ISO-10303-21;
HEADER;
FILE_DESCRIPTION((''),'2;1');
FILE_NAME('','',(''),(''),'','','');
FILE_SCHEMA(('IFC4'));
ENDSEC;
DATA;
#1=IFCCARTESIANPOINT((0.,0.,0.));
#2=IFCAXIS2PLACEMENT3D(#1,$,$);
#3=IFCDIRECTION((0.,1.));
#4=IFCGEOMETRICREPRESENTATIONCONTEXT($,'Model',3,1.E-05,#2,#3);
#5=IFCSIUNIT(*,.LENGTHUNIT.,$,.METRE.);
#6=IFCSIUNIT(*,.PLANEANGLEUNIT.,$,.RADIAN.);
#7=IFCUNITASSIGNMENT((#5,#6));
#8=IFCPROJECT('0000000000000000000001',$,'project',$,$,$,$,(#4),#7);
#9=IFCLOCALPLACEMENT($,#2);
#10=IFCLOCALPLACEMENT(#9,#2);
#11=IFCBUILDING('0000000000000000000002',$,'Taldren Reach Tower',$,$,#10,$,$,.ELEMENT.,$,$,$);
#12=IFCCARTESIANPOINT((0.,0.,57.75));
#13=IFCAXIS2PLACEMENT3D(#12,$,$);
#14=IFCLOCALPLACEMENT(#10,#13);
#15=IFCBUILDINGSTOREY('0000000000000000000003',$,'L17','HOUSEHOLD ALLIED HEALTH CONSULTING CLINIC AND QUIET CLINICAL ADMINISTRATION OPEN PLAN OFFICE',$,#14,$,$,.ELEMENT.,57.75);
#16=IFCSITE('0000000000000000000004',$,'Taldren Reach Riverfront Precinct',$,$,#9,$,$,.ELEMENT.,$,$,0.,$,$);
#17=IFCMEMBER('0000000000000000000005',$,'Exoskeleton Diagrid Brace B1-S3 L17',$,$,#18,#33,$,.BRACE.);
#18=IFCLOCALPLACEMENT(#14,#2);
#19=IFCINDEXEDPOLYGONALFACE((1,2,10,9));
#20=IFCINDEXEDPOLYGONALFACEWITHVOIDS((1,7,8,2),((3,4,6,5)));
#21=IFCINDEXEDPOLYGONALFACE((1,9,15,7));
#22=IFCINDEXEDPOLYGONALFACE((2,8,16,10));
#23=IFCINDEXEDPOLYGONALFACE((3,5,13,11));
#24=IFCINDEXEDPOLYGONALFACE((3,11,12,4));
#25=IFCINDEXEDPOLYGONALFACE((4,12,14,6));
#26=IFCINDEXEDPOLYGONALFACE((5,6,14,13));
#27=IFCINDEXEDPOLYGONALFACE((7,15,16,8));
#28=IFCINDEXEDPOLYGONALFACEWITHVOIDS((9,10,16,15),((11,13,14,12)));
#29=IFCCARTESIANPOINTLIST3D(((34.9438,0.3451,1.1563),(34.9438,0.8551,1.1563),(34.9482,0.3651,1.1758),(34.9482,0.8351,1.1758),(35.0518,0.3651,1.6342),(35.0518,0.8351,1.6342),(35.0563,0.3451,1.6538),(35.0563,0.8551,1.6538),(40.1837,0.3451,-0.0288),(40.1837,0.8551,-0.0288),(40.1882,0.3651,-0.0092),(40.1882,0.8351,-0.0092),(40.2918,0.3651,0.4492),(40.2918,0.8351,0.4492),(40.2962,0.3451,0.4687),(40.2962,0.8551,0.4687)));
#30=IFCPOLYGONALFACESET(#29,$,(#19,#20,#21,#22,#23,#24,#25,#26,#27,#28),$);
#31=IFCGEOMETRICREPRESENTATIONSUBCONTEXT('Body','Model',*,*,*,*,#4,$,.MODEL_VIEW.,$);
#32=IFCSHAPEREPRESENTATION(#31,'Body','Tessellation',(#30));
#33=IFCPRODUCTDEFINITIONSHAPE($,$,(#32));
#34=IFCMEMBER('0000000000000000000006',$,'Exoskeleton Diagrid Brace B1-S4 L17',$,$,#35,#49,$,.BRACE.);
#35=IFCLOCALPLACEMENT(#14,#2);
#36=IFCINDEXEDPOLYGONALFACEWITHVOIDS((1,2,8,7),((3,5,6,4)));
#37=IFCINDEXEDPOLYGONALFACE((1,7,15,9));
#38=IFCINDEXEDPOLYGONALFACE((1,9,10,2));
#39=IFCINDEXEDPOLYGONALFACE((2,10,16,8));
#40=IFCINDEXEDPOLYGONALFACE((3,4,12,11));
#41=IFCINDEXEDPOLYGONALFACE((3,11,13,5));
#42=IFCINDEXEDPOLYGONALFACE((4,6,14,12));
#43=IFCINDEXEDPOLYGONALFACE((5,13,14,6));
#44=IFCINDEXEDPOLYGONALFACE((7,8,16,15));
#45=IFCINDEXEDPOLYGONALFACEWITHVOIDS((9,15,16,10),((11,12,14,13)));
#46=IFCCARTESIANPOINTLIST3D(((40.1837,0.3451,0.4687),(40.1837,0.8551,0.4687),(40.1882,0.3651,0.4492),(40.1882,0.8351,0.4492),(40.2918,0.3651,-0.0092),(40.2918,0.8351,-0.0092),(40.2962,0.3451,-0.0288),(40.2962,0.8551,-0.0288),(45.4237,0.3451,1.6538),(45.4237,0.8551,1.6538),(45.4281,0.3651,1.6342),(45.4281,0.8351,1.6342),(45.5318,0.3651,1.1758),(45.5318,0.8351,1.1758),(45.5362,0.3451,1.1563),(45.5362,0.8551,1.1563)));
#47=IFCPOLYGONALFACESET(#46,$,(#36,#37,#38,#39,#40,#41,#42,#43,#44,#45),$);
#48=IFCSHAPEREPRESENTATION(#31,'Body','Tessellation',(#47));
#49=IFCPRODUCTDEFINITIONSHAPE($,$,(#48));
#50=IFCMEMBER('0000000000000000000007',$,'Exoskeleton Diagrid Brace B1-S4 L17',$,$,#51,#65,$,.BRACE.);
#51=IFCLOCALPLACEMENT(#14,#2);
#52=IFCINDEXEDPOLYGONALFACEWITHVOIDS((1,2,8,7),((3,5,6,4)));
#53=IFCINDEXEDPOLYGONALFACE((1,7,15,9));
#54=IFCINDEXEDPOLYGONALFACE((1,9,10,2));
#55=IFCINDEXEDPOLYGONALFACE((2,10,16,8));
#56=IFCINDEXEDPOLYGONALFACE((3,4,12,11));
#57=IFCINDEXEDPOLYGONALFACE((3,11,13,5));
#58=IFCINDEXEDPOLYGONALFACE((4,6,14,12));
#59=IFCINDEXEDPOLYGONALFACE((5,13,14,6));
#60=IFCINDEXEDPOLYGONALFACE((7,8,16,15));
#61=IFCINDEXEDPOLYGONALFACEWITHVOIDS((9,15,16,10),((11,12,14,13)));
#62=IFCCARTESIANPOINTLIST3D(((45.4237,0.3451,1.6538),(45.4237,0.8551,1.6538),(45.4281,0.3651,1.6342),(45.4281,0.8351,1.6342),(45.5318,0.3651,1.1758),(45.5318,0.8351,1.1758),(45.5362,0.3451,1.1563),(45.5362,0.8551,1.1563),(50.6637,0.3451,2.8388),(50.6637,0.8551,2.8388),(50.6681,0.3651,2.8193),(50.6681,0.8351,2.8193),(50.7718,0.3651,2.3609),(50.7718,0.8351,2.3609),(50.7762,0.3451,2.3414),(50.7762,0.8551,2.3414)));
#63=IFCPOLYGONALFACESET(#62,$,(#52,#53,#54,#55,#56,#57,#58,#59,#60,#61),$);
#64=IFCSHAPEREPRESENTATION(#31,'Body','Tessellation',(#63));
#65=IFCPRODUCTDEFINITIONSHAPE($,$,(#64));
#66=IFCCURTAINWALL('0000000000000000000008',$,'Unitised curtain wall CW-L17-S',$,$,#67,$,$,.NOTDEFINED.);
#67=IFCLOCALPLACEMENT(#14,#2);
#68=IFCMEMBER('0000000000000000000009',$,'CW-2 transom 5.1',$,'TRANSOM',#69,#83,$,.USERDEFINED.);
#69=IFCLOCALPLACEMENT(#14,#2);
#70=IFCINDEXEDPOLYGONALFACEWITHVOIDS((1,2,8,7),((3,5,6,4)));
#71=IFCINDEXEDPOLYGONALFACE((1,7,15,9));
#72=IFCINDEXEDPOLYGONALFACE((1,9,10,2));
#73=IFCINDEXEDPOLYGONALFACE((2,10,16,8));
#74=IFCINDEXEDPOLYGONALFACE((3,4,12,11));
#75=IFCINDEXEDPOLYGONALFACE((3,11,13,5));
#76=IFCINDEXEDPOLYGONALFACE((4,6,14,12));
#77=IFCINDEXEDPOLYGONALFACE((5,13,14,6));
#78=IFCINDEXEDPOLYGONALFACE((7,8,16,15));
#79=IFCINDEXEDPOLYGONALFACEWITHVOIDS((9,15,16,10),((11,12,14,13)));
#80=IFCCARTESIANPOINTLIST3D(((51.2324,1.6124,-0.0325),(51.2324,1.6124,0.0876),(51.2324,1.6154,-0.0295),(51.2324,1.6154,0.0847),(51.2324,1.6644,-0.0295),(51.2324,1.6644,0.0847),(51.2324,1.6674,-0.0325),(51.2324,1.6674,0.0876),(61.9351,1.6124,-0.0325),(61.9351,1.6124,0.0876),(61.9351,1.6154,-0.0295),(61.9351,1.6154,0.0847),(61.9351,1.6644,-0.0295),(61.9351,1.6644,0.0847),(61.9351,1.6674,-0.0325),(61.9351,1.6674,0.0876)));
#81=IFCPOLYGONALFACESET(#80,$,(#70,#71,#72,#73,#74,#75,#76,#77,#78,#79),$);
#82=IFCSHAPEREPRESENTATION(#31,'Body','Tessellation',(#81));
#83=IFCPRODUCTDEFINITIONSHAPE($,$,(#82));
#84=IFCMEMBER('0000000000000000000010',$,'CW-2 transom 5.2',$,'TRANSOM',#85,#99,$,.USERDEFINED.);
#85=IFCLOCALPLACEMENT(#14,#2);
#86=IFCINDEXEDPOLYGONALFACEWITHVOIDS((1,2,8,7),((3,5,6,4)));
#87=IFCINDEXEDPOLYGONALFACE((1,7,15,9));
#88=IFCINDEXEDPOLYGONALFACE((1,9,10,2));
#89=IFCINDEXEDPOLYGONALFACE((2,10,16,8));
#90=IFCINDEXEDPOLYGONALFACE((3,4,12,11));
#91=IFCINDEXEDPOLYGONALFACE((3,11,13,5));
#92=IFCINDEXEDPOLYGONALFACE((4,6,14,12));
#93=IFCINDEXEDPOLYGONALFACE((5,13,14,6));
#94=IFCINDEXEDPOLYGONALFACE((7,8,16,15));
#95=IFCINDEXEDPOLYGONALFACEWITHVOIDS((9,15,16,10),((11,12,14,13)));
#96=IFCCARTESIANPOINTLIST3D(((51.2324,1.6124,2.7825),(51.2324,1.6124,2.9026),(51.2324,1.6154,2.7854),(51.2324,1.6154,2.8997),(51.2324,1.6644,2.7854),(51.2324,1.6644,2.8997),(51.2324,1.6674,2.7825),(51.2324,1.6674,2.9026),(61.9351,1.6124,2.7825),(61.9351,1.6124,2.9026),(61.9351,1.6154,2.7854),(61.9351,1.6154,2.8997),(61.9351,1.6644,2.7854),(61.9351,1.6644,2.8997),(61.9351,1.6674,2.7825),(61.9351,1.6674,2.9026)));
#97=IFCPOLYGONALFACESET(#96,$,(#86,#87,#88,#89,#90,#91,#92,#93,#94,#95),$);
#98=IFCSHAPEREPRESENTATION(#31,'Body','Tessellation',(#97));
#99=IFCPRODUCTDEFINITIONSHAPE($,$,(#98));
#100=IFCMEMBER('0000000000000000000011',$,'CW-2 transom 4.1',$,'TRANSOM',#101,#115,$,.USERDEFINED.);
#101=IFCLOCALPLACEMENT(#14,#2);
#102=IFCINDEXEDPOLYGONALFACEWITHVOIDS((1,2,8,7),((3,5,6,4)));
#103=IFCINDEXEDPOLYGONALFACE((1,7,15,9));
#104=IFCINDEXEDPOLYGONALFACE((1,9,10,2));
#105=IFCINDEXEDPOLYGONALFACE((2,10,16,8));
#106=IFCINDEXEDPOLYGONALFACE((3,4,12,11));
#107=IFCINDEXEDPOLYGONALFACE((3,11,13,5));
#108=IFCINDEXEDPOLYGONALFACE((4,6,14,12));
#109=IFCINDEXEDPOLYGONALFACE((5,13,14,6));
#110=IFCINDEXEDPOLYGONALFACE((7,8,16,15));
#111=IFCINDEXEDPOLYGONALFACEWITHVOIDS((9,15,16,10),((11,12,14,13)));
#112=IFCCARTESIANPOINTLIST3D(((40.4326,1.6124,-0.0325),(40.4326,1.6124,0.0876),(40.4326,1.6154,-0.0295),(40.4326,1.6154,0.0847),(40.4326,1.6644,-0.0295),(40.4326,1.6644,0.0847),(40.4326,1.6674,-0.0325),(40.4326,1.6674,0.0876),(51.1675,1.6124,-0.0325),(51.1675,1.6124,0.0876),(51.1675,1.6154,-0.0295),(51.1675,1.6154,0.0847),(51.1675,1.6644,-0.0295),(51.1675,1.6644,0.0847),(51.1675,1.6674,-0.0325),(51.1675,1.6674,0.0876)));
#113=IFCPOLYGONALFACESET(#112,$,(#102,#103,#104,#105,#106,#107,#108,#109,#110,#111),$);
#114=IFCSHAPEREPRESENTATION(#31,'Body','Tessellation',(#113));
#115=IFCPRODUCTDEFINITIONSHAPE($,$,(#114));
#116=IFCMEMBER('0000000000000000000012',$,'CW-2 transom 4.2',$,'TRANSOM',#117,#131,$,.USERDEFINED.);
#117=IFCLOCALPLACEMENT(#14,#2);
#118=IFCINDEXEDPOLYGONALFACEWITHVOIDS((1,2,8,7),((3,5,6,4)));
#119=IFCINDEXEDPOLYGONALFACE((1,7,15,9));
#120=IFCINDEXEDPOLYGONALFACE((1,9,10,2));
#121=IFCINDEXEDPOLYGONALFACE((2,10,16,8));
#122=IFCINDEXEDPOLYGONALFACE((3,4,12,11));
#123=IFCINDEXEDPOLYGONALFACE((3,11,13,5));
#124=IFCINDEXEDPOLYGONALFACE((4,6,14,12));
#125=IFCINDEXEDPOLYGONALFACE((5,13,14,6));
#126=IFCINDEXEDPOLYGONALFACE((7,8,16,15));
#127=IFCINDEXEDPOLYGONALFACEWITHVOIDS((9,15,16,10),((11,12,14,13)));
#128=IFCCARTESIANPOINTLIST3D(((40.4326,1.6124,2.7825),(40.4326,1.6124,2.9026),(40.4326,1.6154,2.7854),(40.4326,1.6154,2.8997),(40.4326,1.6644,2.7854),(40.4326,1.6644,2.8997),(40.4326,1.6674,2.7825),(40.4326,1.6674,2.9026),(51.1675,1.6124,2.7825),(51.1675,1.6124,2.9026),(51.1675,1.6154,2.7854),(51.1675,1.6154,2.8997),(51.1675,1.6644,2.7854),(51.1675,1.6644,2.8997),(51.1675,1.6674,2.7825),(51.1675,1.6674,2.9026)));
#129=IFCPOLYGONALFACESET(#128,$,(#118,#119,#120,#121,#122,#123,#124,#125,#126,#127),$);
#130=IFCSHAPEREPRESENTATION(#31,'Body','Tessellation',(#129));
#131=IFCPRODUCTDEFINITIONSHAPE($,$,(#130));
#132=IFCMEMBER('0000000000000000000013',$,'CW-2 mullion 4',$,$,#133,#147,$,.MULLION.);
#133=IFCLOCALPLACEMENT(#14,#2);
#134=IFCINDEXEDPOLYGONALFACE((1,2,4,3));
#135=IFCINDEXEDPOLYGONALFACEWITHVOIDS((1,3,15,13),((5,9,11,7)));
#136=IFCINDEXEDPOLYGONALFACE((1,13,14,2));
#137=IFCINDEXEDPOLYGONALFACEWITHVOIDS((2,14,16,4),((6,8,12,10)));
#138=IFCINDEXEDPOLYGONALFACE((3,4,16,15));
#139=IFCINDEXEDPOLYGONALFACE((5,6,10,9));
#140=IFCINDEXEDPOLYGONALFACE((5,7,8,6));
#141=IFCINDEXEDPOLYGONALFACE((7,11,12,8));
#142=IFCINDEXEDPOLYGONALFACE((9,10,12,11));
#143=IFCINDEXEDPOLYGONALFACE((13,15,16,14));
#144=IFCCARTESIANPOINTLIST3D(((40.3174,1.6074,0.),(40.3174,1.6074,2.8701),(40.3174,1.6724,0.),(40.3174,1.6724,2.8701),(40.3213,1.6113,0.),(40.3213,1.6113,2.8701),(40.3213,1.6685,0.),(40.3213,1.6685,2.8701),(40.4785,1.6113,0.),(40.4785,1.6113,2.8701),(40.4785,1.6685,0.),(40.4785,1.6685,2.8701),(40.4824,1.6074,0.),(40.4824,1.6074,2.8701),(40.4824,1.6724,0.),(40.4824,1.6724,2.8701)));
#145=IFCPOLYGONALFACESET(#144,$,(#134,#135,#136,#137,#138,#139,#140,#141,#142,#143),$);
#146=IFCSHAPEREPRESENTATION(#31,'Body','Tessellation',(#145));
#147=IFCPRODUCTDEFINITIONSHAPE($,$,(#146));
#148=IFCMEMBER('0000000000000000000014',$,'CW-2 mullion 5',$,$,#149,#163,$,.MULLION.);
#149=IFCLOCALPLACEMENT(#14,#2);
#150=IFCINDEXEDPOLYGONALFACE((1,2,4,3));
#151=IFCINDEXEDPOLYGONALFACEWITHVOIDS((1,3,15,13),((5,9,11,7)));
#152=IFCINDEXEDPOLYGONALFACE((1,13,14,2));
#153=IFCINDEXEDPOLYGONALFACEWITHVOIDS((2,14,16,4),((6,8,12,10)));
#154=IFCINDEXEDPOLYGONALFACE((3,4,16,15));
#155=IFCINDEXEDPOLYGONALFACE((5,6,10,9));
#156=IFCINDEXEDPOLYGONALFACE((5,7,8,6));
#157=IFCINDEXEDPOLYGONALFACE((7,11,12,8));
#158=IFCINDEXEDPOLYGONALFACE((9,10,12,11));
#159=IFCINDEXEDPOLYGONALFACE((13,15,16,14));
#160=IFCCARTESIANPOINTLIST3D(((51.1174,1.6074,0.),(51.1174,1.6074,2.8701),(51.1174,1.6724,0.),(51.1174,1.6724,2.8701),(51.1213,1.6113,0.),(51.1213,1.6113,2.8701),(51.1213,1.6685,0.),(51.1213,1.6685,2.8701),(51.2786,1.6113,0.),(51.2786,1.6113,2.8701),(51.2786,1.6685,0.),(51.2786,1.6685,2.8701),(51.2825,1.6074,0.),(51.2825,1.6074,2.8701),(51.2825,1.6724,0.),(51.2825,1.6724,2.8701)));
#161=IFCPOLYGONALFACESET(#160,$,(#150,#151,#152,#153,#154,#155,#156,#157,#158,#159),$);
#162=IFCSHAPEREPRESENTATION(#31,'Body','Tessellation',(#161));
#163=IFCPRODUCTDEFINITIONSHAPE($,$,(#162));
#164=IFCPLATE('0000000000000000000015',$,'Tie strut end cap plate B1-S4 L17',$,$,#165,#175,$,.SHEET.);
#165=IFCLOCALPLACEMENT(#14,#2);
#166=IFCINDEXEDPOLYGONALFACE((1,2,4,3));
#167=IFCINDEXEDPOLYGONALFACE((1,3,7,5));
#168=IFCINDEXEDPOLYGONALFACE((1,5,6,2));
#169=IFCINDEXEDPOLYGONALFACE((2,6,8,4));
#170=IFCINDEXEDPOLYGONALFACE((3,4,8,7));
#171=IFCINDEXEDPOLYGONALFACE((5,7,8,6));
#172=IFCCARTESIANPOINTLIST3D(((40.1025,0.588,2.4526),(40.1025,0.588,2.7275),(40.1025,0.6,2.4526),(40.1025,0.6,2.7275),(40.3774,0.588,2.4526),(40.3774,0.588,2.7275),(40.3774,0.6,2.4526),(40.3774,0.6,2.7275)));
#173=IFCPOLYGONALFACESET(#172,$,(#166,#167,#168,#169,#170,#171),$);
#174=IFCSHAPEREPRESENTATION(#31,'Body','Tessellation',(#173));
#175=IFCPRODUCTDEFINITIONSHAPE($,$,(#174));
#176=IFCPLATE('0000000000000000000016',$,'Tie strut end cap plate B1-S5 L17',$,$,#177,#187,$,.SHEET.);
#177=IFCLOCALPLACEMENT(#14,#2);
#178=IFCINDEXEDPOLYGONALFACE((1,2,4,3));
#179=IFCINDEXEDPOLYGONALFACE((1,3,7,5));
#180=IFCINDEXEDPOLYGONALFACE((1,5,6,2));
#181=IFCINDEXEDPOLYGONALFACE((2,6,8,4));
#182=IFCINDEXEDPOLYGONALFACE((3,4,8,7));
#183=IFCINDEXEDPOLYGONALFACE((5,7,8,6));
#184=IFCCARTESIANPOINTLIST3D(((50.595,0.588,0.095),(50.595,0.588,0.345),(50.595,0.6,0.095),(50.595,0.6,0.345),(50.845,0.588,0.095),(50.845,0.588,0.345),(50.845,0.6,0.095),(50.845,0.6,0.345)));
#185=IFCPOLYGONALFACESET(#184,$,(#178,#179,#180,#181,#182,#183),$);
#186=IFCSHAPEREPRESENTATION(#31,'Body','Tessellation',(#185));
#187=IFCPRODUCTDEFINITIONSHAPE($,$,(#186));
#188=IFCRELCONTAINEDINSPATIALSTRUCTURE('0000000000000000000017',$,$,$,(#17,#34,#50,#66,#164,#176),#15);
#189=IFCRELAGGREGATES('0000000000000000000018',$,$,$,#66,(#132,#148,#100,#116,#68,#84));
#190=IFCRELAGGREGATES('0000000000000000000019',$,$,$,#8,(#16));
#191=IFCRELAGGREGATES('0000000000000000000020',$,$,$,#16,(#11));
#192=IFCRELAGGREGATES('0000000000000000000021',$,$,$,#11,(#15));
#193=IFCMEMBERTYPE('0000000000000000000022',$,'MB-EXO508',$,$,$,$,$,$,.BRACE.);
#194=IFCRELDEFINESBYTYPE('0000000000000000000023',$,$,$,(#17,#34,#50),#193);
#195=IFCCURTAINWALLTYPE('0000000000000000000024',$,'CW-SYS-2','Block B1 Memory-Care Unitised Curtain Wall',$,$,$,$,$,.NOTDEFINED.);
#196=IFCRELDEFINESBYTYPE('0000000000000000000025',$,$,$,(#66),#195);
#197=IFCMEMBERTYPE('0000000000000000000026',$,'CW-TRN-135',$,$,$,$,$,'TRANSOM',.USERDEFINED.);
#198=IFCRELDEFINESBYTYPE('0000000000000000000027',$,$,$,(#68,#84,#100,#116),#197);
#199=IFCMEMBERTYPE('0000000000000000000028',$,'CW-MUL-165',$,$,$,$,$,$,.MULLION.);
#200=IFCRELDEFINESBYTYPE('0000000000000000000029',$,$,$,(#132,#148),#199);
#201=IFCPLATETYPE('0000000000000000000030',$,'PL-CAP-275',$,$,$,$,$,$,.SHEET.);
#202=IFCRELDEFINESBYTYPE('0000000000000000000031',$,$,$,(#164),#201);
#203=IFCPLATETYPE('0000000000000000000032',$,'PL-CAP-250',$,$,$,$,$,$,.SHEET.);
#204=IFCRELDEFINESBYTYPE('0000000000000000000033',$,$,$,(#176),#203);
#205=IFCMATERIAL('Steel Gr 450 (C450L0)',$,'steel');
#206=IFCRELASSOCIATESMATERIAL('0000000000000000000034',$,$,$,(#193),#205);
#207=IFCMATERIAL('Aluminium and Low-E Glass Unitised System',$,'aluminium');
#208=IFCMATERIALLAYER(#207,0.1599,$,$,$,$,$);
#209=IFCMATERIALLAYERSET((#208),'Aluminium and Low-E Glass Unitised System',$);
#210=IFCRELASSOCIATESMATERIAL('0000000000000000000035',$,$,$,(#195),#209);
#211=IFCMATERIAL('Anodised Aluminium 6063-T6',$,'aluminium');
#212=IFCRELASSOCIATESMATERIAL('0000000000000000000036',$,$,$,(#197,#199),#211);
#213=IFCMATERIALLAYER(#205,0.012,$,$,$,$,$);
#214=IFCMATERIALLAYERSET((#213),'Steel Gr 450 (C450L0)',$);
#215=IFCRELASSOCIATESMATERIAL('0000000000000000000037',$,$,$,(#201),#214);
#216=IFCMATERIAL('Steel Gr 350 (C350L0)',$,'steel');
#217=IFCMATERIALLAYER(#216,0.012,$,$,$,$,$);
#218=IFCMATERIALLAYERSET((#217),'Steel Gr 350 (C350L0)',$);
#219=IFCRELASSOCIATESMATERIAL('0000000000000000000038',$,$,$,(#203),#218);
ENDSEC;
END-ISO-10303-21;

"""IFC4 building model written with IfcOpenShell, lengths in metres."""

from ifc_helpers import new_model, si_unit, direction, frame, origin, origin_2d, place, context, subcontext, project, spatial, rectangle, hollow_rectangle, extrude, source, transform, mapped, material, layer, layer_set, material_profile, profile_set, type_object, element, aggregate, save


model = new_model("IFC4")

# Units and contexts
model_context = context("Model", 3, precision=1e-05, world=origin(), true_north=direction((0.0, 1.0)))
body_context = subcontext(model_context, "Body", "Model", "MODEL_VIEW")
ifc_project = project(units=[si_unit("LENGTHUNIT", "METRE"), si_unit("PLANEANGLEUNIT", "RADIAN")], contexts=[model_context])

# Site, building, storey
site_placement = place(None, origin())
site = spatial("IfcSite", under=ifc_project, at=site_placement, Name="Taldren Reach Riverfront Precinct", CompositionType="ELEMENT", RefElevation=0.0)
building_placement = place(site_placement, origin())
building = spatial("IfcBuilding", under=site, at=building_placement, Name="Taldren Reach Tower", CompositionType="ELEMENT")
storey_placement = place(building_placement, frame((0.0, 0.0, 57.75)))
storey = spatial("IfcBuildingStorey", under=building, at=storey_placement, Name="L17", Description="HOUSEHOLD ALLIED HEALTH CONSULTING CLINIC AND QUIET CLINICAL ADMINISTRATION OPEN PLAN OFFICE", CompositionType="ELEMENT", Elevation=57.75)

# Members
ifc_material_1 = material(Name="Steel Gr 450 (C450L0)", Category="steel")
ifc_material_2 = material(Name="Steel Gr 350 (C350L0)", Category="steel")
ifc_material_profile_1 = material_profile(ifc_material_1, hollow_rectangle(XDim=0.51, YDim=0.51, WallThickness=0.02, at=origin_2d()), Name="510x510x20.0SHS")
ifc_profile_set_1 = profile_set([ifc_material_profile_1], Name="Steel Gr 450 (C450L0)")
member_type_1 = type_object("IfcMemberType", Name="MB-EXO508", PredefinedType="BRACE", material=ifc_profile_set_1)
shared_shape_1 = source(origin(), body_context, "Body", "SweptSolid", [
    extrude(hollow_rectangle(XDim=0.51, YDim=0.51, WallThickness=0.02, at=origin_2d()), origin(), (0.0, 0.0, 1.0), 5.3723),
])
for number, where, z_axis, x_axis, name in (
    (1, (40.24, 0.6001, 0.22), (-0.975368, 0.0, 0.220586), (0.0, -1.0, 0.0), "Exoskeleton Diagrid Brace B1-S3 L17"),
    (2, (40.24, 0.6001, 0.22), (0.975368, 0.0, 0.220586), (0.0, 1.0, 0.0), "Exoskeleton Diagrid Brace B1-S4 L17"),
    (3, (45.48, 0.6001, 1.405), (0.975368, 0.0, 0.220586), (0.0, 1.0, 0.0), "Exoskeleton Diagrid Brace B1-S4 L17"),
):
    element("IfcMember", number, at=place(storey_placement, frame(where, z_axis=z_axis, x_axis=x_axis)), inside=storey, type_object=member_type_1, Name=name, PredefinedType="BRACE", context=body_context, shape_type="MappedRepresentation", body=[
        mapped(shared_shape_1, transform((0.0, 0.0, 0.0), scale=1.0)),
    ])

# Curtain wall, members
ifc_material_3 = material(Name="Aluminium and Low-E Glass Unitised System", Category="aluminium")
ifc_layer_1 = layer(ifc_material_3, 0.1599)
ifc_layer_set_1 = layer_set([ifc_layer_1], Name="Aluminium and Low-E Glass Unitised System")
curtain_wall_type = type_object("IfcCurtainWallType", Name="CW-SYS-2", Description="Block B1 Memory-Care Unitised Curtain Wall", PredefinedType="NOTDEFINED", material=ifc_layer_set_1)
curtain_wall_placement = place(storey_placement, origin())
curtain_wall = element("IfcCurtainWall", 4, at=curtain_wall_placement, inside=storey, type_object=curtain_wall_type, Name="Unitised curtain wall CW-L17-S", PredefinedType="NOTDEFINED")
ifc_material_4 = material(Name="Anodised Aluminium 6063-T6", Category="aluminium")
ifc_material_profile_2 = material_profile(ifc_material_4, hollow_rectangle(XDim=0.0549, YDim=0.1201, WallThickness=0.0029, at=origin_2d()), Name="ALU-120x55x3RHS")
ifc_profile_set_2 = profile_set([ifc_material_profile_2], Name="Anodised Aluminium 6063-T6")
member_type_2 = type_object("IfcMemberType", Name="CW-TRN-135", ElementType="TRANSOM", PredefinedType="USERDEFINED", material=ifc_profile_set_2)
shared_shape_2 = source(origin(), body_context, "Body", "SweptSolid", [
    extrude(hollow_rectangle(XDim=0.0549, YDim=0.1201, WallThickness=0.0029, at=origin_2d()), origin(), (0.0, 0.0, 1.0), 10.7026),
])
member_1_placement = place(storey_placement, frame((51.2324, 1.6399, 0.0276), z_axis=(1.0, 0.0, 0.0), x_axis=(0.0, 1.0, 0.0)))
member_1 = element("IfcMember", 5, at=member_1_placement, type_object=member_type_2, Name="CW-2 transom 5.1", ObjectType="TRANSOM", PredefinedType="USERDEFINED", context=body_context, shape_type="MappedRepresentation", body=[
    mapped(shared_shape_2, transform((0.0, 0.0, 0.0), scale=1.0)),
])
member_2_placement = place(storey_placement, frame((51.2324, 1.6399, 2.8425), z_axis=(1.0, 0.0, 0.0), x_axis=(0.0, 1.0, 0.0)))
member_2 = element("IfcMember", 6, at=member_2_placement, type_object=member_type_2, Name="CW-2 transom 5.2", ObjectType="TRANSOM", PredefinedType="USERDEFINED", context=body_context, shape_type="MappedRepresentation", body=[
    mapped(shared_shape_2, transform((0.0, 0.0, 0.0), scale=1.0)),
])
shared_shape_3 = source(origin(), body_context, "Body", "SweptSolid", [
    extrude(hollow_rectangle(XDim=0.0549, YDim=0.1201, WallThickness=0.0029, at=origin_2d()), origin(), (0.0, 0.0, 1.0), 10.7349),
])
member_3_placement = place(storey_placement, frame((40.4326, 1.6399, 0.0276), z_axis=(1.0, 0.0, 0.0), x_axis=(0.0, 1.0, 0.0)))
member_3 = element("IfcMember", 7, at=member_3_placement, type_object=member_type_2, Name="CW-2 transom 4.1", ObjectType="TRANSOM", PredefinedType="USERDEFINED", context=body_context, shape_type="MappedRepresentation", body=[
    mapped(shared_shape_3, transform((0.0, 0.0, 0.0), scale=1.0)),
])
member_4_placement = place(storey_placement, frame((40.4326, 1.6399, 2.8425), z_axis=(1.0, 0.0, 0.0), x_axis=(0.0, 1.0, 0.0)))
member_4 = element("IfcMember", 8, at=member_4_placement, type_object=member_type_2, Name="CW-2 transom 4.2", ObjectType="TRANSOM", PredefinedType="USERDEFINED", context=body_context, shape_type="MappedRepresentation", body=[
    mapped(shared_shape_3, transform((0.0, 0.0, 0.0), scale=1.0)),
])
ifc_material_profile_3 = material_profile(ifc_material_4, hollow_rectangle(XDim=0.0649, YDim=0.165, WallThickness=0.0039, at=origin_2d()), Name="ALU-165x65x4RHS")
ifc_profile_set_3 = profile_set([ifc_material_profile_3], Name="Anodised Aluminium 6063-T6")
member_type_3 = type_object("IfcMemberType", Name="CW-MUL-165", PredefinedType="MULLION", material=ifc_profile_set_3)
shared_shape_4 = source(origin(), body_context, "Body", "SweptSolid", [
    extrude(hollow_rectangle(XDim=0.0649, YDim=0.165, WallThickness=0.0039, at=origin_2d()), origin(), (0.0, 0.0, 1.0), 2.8701),
])
member_5_placement = place(storey_placement, frame((40.3999, 1.6399, 0.0), z_axis=(0.0, 0.0, 1.0), x_axis=(0.0, 1.0, 0.0)))
member_5 = element("IfcMember", 9, at=member_5_placement, type_object=member_type_3, Name="CW-2 mullion 4", PredefinedType="MULLION", context=body_context, shape_type="MappedRepresentation", body=[
    mapped(shared_shape_4, transform((0.0, 0.0, 0.0), scale=1.0)),
])
member_6_placement = place(storey_placement, frame((51.2, 1.6399, 0.0), z_axis=(0.0, 0.0, 1.0), x_axis=(0.0, 1.0, 0.0)))
member_6 = element("IfcMember", 10, at=member_6_placement, type_object=member_type_3, Name="CW-2 mullion 5", PredefinedType="MULLION", context=body_context, shape_type="MappedRepresentation", body=[
    mapped(shared_shape_4, transform((0.0, 0.0, 0.0), scale=1.0)),
])

# Plates
ifc_layer_2 = layer(ifc_material_1, 0.012)
ifc_layer_set_2 = layer_set([ifc_layer_2], Name="Steel Gr 450 (C450L0)")
plate_type_1 = type_object("IfcPlateType", Name="PL-CAP-275", PredefinedType="SHEET", material=ifc_layer_set_2)
shared_shape_5 = source(origin(), body_context, "Body", "SweptSolid", [
    extrude(rectangle(XDim=0.2749, YDim=0.012, at=origin_2d()), origin(), (0.0, 0.0, 1.0), 0.2749),
])
plate_1_placement = place(storey_placement, frame((40.24, 0.594, 2.4526), z_axis=(0.0, 0.0, 1.0), x_axis=(1.0, 0.0, 0.0)))
element("IfcPlate", 11, at=plate_1_placement, inside=storey, type_object=plate_type_1, Name="Tie strut end cap plate B1-S4 L17", PredefinedType="SHEET", context=body_context, shape_type="MappedRepresentation", body=[
    mapped(shared_shape_5, transform((0.0, 0.0, 0.0), scale=1.0)),
])
ifc_layer_3 = layer(ifc_material_2, 0.012)
ifc_layer_set_3 = layer_set([ifc_layer_3], Name="Steel Gr 350 (C350L0)")
plate_type_2 = type_object("IfcPlateType", Name="PL-CAP-250", PredefinedType="SHEET", material=ifc_layer_set_3)
shared_shape_6 = source(origin(), body_context, "Body", "SweptSolid", [
    extrude(rectangle(XDim=0.25, YDim=0.012, at=origin_2d()), origin(), (0.0, 0.0, 1.0), 0.25),
])
plate_2_placement = place(storey_placement, frame((50.72, 0.594, 0.095), z_axis=(0.0, 0.0, 1.0), x_axis=(1.0, 0.0, 0.0)))
element("IfcPlate", 12, at=plate_2_placement, inside=storey, type_object=plate_type_2, Name="Tie strut end cap plate B1-S5 L17", PredefinedType="SHEET", context=body_context, shape_type="MappedRepresentation", body=[
    mapped(shared_shape_6, transform((0.0, 0.0, 0.0), scale=1.0)),
])

aggregate(curtain_wall, [member_5, member_6, member_3, member_4, member_1, member_2])

save(model, "model.ifc")
